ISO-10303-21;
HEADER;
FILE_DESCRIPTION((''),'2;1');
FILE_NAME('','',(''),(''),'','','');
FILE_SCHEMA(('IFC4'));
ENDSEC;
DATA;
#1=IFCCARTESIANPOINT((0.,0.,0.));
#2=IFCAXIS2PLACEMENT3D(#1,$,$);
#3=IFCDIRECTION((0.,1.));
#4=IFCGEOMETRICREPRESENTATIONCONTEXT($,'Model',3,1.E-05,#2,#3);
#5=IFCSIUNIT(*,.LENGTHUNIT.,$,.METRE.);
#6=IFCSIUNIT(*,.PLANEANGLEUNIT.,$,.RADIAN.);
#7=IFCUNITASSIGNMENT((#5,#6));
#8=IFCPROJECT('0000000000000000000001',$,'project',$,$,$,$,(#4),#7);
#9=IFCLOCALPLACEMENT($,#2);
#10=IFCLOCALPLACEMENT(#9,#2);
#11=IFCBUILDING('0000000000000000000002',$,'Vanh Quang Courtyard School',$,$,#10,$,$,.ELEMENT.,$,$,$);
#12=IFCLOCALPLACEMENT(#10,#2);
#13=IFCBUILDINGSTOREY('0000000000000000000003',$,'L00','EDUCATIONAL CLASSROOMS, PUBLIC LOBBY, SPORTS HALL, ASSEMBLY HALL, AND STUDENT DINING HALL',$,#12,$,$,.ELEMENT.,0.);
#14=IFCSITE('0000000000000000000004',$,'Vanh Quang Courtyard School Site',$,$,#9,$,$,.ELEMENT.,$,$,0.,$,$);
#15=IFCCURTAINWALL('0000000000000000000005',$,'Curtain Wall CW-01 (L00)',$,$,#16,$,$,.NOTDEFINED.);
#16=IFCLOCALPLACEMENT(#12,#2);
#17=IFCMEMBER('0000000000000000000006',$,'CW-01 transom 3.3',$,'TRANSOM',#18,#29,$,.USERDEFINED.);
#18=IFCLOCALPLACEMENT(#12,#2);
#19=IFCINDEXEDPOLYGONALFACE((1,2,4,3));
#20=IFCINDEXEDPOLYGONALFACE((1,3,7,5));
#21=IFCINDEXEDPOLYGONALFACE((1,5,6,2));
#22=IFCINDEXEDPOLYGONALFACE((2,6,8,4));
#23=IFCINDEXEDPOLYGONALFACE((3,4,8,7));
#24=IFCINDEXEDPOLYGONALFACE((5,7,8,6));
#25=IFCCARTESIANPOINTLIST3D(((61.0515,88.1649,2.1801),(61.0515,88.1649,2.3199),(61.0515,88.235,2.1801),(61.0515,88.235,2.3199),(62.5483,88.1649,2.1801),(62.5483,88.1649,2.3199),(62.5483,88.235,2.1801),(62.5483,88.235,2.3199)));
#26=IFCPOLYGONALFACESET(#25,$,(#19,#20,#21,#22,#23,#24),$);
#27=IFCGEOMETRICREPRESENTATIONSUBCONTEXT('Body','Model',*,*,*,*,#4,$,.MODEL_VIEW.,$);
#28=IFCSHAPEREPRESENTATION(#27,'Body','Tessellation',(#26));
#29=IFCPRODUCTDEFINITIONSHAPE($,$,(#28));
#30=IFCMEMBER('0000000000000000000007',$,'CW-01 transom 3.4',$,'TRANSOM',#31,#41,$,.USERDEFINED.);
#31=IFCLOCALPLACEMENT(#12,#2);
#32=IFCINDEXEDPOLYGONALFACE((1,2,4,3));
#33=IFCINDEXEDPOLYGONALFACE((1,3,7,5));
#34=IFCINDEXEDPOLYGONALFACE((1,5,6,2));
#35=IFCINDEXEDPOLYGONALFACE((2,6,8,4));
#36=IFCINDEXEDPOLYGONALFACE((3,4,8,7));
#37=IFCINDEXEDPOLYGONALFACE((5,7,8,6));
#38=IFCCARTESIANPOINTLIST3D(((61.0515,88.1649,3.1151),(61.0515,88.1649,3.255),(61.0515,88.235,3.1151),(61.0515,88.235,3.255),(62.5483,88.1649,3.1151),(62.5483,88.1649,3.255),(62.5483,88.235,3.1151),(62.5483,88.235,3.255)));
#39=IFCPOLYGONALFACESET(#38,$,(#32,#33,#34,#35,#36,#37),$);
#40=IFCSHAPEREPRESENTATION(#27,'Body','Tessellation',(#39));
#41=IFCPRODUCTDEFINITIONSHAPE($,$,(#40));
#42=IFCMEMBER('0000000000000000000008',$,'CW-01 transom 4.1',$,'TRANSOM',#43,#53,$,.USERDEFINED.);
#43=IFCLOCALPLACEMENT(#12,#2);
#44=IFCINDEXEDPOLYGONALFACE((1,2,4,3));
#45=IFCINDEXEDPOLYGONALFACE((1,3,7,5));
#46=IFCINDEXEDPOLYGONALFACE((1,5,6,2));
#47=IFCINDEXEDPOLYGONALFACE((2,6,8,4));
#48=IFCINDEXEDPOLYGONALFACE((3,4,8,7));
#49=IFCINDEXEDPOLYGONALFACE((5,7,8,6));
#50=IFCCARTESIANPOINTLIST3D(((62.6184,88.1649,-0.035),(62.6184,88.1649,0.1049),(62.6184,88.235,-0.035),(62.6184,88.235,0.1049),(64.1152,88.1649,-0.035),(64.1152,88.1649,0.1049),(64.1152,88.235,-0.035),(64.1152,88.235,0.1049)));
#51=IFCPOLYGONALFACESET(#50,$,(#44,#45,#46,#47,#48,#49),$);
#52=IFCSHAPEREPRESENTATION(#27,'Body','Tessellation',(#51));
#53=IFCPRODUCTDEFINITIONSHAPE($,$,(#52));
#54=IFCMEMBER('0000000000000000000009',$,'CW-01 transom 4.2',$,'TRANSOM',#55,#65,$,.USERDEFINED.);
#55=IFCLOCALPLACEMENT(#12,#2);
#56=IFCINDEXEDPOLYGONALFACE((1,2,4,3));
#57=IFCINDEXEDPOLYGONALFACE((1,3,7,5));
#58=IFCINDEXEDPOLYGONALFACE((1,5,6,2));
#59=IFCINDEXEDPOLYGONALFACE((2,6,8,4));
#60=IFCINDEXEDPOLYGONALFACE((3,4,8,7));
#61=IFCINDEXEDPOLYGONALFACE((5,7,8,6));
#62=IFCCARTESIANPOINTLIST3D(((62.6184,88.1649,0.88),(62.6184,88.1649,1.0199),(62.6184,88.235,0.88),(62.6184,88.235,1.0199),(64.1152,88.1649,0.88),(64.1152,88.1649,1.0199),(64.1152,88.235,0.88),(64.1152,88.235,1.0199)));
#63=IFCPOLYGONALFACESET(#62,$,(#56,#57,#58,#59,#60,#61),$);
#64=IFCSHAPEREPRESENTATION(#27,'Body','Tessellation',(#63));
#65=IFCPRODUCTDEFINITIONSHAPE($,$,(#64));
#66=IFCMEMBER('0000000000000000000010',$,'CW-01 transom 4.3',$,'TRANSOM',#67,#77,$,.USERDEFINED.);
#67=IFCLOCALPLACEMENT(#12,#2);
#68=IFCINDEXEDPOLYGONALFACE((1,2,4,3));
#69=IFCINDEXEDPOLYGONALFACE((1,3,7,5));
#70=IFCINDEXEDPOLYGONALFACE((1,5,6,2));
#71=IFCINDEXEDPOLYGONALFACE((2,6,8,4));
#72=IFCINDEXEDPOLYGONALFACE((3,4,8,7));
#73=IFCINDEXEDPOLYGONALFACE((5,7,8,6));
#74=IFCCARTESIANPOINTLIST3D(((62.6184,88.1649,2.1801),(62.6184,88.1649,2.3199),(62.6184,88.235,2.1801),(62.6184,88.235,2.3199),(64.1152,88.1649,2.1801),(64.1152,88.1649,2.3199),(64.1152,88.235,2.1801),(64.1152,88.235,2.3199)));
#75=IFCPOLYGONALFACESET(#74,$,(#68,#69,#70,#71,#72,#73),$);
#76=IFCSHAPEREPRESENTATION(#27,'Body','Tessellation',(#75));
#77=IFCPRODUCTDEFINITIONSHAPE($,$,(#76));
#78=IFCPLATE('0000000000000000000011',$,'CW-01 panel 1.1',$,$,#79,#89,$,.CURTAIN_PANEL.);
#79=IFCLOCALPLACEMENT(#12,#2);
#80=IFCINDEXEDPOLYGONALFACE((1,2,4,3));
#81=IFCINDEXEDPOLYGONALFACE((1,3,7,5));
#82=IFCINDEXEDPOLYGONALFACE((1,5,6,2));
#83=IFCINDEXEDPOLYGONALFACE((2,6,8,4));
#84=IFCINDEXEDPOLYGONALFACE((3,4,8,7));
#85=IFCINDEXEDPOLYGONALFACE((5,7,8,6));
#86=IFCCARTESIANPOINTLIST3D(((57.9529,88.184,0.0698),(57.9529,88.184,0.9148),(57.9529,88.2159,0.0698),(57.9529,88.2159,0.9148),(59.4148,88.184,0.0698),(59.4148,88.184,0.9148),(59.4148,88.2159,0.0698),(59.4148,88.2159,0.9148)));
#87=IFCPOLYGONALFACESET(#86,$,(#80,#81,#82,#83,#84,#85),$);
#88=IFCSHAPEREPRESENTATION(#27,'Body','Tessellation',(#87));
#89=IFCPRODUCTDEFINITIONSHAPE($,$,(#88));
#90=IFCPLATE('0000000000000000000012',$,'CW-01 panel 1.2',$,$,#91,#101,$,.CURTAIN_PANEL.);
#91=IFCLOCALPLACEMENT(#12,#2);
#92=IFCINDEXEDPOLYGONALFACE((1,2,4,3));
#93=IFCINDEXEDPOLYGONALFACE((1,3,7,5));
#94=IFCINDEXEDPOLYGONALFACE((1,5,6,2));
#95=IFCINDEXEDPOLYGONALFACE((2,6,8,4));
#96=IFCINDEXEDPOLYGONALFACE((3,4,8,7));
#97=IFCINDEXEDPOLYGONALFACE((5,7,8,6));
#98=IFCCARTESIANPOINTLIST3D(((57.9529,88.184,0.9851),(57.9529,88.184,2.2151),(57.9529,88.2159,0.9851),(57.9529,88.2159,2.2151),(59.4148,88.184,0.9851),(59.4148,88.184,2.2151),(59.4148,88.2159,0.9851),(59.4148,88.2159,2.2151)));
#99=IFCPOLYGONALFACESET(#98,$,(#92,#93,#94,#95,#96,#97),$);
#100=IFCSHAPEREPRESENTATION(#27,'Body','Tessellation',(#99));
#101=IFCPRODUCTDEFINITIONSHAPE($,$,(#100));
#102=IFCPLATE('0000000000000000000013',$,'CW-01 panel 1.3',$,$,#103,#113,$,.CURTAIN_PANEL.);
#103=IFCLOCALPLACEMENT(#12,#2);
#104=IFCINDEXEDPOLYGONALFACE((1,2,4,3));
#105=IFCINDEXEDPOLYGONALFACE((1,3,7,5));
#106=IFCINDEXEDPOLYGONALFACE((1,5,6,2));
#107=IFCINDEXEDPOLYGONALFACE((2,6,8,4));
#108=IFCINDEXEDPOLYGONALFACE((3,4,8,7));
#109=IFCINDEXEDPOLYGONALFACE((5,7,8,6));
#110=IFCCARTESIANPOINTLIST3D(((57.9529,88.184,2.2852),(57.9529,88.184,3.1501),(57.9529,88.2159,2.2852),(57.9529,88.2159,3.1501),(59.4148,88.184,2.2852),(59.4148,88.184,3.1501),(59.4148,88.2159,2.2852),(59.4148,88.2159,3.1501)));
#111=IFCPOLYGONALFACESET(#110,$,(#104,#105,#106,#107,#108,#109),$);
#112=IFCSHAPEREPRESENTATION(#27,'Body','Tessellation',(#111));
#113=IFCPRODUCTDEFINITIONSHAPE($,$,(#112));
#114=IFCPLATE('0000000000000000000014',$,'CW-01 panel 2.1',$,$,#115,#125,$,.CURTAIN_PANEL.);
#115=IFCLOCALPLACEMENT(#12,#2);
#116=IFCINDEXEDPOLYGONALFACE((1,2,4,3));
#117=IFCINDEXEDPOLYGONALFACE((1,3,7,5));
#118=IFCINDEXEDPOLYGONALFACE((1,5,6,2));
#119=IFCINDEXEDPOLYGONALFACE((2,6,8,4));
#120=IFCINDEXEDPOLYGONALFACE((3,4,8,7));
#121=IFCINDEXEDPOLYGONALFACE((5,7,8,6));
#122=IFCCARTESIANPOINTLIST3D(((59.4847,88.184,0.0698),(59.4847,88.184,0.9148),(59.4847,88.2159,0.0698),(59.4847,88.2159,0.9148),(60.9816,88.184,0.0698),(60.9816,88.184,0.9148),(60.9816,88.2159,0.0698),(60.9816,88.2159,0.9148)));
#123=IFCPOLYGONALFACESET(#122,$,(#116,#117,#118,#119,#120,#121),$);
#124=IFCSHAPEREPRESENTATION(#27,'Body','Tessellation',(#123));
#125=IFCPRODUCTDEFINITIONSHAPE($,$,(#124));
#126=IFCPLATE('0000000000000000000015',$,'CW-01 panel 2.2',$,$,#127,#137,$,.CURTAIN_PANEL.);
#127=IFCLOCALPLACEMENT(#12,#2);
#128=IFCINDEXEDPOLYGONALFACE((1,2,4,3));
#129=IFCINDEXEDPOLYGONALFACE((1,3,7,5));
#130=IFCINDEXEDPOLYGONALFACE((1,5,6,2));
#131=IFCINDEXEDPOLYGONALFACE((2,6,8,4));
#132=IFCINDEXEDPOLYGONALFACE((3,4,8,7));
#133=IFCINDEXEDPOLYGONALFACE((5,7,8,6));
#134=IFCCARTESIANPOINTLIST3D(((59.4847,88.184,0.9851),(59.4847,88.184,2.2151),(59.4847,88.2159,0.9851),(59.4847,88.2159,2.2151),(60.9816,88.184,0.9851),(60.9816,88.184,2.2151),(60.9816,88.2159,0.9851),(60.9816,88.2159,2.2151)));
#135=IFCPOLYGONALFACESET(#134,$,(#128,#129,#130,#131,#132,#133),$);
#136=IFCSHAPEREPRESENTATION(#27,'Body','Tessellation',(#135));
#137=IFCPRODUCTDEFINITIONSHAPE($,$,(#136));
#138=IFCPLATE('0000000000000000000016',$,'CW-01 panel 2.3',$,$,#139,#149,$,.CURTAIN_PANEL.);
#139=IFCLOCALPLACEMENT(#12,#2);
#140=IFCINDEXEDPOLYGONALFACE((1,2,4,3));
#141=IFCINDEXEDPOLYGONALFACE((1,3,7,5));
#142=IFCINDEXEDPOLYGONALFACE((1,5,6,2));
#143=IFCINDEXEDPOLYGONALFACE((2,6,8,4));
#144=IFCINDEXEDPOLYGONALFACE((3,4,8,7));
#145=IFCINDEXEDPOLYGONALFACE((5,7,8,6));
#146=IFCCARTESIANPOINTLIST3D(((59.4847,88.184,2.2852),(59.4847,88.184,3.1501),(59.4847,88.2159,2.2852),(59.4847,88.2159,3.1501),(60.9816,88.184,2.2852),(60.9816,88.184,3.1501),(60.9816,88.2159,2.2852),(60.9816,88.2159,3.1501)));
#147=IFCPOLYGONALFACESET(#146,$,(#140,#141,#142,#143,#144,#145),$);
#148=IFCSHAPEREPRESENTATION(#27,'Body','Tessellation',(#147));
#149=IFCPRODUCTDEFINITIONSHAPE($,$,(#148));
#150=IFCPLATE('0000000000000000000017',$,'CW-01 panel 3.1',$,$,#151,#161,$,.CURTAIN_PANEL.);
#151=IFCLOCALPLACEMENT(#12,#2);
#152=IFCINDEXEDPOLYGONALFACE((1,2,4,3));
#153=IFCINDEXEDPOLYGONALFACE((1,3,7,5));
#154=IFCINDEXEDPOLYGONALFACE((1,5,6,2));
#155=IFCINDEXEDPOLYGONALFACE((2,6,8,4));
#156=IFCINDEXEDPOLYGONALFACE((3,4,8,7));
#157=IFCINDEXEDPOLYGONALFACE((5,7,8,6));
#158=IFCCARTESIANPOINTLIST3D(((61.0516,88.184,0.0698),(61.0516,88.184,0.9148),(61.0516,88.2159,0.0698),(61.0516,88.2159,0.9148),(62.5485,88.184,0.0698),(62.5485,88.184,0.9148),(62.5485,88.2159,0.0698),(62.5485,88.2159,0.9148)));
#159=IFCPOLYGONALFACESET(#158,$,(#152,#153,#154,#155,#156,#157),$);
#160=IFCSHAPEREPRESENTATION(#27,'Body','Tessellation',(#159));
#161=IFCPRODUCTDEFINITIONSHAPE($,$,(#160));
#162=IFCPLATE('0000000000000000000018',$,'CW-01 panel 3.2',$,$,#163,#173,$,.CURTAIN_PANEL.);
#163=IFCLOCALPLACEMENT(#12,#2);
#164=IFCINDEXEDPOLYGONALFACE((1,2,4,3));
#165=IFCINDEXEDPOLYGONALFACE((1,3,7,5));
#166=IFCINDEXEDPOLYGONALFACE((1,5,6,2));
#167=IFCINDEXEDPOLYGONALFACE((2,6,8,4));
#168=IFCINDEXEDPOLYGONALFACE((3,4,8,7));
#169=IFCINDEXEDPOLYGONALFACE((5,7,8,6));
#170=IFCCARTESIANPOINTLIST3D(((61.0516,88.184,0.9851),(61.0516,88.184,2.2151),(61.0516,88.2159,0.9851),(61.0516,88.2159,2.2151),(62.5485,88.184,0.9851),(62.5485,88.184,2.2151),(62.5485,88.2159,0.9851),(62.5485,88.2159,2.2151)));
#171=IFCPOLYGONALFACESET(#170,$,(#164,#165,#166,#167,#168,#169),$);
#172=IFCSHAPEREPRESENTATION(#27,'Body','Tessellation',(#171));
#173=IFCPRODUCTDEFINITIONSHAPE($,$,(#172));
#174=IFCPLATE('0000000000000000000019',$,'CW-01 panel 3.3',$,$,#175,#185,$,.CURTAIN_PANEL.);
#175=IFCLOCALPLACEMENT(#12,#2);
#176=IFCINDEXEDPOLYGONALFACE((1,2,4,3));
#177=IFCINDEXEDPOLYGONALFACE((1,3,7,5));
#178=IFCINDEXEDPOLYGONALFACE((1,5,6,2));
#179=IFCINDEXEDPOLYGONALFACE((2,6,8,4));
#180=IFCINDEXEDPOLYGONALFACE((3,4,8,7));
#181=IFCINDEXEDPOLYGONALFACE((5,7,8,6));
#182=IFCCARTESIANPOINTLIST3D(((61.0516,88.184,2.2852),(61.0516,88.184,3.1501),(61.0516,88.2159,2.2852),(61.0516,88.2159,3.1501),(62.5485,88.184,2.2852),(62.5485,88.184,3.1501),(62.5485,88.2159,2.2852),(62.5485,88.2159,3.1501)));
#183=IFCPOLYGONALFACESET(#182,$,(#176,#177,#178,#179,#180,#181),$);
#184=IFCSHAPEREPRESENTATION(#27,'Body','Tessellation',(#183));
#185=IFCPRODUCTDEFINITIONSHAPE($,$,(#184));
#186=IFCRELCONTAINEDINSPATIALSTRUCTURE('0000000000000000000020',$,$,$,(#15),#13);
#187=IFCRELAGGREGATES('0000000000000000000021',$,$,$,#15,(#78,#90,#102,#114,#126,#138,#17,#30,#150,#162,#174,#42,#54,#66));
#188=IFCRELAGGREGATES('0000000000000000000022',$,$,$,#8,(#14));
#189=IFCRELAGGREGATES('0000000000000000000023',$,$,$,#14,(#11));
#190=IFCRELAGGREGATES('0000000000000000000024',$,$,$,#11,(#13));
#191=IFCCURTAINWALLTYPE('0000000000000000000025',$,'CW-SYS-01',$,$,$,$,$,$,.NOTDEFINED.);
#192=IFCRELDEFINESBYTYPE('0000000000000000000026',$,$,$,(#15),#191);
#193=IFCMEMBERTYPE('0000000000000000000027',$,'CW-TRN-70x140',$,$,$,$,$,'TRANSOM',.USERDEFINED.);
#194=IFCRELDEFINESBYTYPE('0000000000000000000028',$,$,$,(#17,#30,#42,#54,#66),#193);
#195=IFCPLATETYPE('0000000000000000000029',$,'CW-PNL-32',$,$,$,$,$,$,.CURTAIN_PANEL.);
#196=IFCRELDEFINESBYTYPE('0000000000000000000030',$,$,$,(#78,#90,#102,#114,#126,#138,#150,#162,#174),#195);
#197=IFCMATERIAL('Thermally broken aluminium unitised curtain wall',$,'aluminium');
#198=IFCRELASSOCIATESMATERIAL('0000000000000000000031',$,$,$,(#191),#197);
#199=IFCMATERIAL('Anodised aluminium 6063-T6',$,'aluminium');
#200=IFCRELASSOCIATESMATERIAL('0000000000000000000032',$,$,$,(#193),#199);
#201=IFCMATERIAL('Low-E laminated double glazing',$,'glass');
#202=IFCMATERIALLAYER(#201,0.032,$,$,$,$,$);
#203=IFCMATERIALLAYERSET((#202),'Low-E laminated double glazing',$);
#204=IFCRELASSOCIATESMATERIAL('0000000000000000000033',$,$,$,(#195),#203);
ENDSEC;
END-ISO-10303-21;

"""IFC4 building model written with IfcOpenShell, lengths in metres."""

from ifc_helpers import new_model, si_unit, direction, frame, origin, origin_2d, place, context, subcontext, project, spatial, rectangle, extrude, material, layer, layer_set, material_profile, profile_set, type_object, element, aggregate, save


model = new_model("IFC4")

# Units and contexts
model_context = context("Model", 3, precision=1e-05, world=origin(), true_north=direction((0.0, 1.0)))
body_context = subcontext(model_context, "Body", "Model", "MODEL_VIEW")
ifc_project = project(units=[si_unit("LENGTHUNIT", "METRE"), si_unit("PLANEANGLEUNIT", "RADIAN")], contexts=[model_context])

# Site, building, storey
site_placement = place(None, origin())
site = spatial("IfcSite", under=ifc_project, at=site_placement, Name="Vanh Quang Courtyard School Site", CompositionType="ELEMENT", RefElevation=0.0)
building_placement = place(site_placement, origin())
building = spatial("IfcBuilding", under=site, at=building_placement, Name="Vanh Quang Courtyard School", CompositionType="ELEMENT")
storey_placement = place(building_placement, origin())
storey = spatial("IfcBuildingStorey", under=building, at=storey_placement, Name="L00", Description="EDUCATIONAL CLASSROOMS, PUBLIC LOBBY, SPORTS HALL, ASSEMBLY HALL, AND STUDENT DINING HALL", CompositionType="ELEMENT", Elevation=0.0)

# Curtain wall, members, plates
ifc_material_1 = material(Name="Thermally broken aluminium unitised curtain wall", Category="aluminium")
curtain_wall_type = type_object("IfcCurtainWallType", Name="CW-SYS-01", PredefinedType="NOTDEFINED", material=ifc_material_1)
curtain_wall_placement = place(storey_placement, origin())
curtain_wall = element("IfcCurtainWall", 1, at=curtain_wall_placement, inside=storey, type_object=curtain_wall_type, Name="Curtain Wall CW-01 (L00)", PredefinedType="NOTDEFINED")
ifc_material_2 = material(Name="Anodised aluminium 6063-T6", Category="aluminium")
ifc_material_profile_1 = material_profile(ifc_material_2, rectangle(XDim=0.0701, YDim=0.1399, at=origin_2d()), Name="ALU-TRN 70x140")
ifc_profile_set_1 = profile_set([ifc_material_profile_1], Name="Anodised aluminium 6063-T6")
member_type_1 = type_object("IfcMemberType", Name="CW-TRN-70x140", ElementType="TRANSOM", PredefinedType="USERDEFINED", material=ifc_profile_set_1)
member_1_placement = place(storey_placement, frame((61.0515, 88.2, 2.25), z_axis=(1.0, 0.0, 0.0), x_axis=(0.0, 1.0, 0.0)))
member_1 = element("IfcMember", 2, at=member_1_placement, type_object=member_type_1, Name="CW-01 transom 3.3", ObjectType="TRANSOM", PredefinedType="USERDEFINED", context=body_context, shape_type="SweptSolid", body=[
    extrude(rectangle(XDim=0.0701, YDim=0.1399, at=origin_2d()), origin(), (0.0, 0.0, 1.0), 1.4968),
])
member_2_placement = place(storey_placement, frame((61.0515, 88.2, 3.1851), z_axis=(1.0, 0.0, 0.0), x_axis=(0.0, 1.0, 0.0)))
member_2 = element("IfcMember", 3, at=member_2_placement, type_object=member_type_1, Name="CW-01 transom 3.4", ObjectType="TRANSOM", PredefinedType="USERDEFINED", context=body_context, shape_type="SweptSolid", body=[
    extrude(rectangle(XDim=0.0701, YDim=0.1399, at=origin_2d()), origin(), (0.0, 0.0, 1.0), 1.4968),
])
member_3_placement = place(storey_placement, frame((62.6184, 88.2, 0.0349), z_axis=(1.0, 0.0, 0.0), x_axis=(0.0, 1.0, 0.0)))
member_3 = element("IfcMember", 4, at=member_3_placement, type_object=member_type_1, Name="CW-01 transom 4.1", ObjectType="TRANSOM", PredefinedType="USERDEFINED", context=body_context, shape_type="SweptSolid", body=[
    extrude(rectangle(XDim=0.0701, YDim=0.1399, at=origin_2d()), origin(), (0.0, 0.0, 1.0), 1.4968),
])
member_4_placement = place(storey_placement, frame((62.6184, 88.2, 0.95), z_axis=(1.0, 0.0, 0.0), x_axis=(0.0, 1.0, 0.0)))
member_4 = element("IfcMember", 5, at=member_4_placement, type_object=member_type_1, Name="CW-01 transom 4.2", ObjectType="TRANSOM", PredefinedType="USERDEFINED", context=body_context, shape_type="SweptSolid", body=[
    extrude(rectangle(XDim=0.0701, YDim=0.1399, at=origin_2d()), origin(), (0.0, 0.0, 1.0), 1.4968),
])
member_5_placement = place(storey_placement, frame((62.6184, 88.2, 2.25), z_axis=(1.0, 0.0, 0.0), x_axis=(0.0, 1.0, 0.0)))
member_5 = element("IfcMember", 6, at=member_5_placement, type_object=member_type_1, Name="CW-01 transom 4.3", ObjectType="TRANSOM", PredefinedType="USERDEFINED", context=body_context, shape_type="SweptSolid", body=[
    extrude(rectangle(XDim=0.0701, YDim=0.1399, at=origin_2d()), origin(), (0.0, 0.0, 1.0), 1.4968),
])
ifc_material_3 = material(Name="Low-E laminated double glazing", Category="glass")
ifc_layer = layer(ifc_material_3, 0.032)
ifc_layer_set = layer_set([ifc_layer], Name="Low-E laminated double glazing")
plate_type = type_object("IfcPlateType", Name="CW-PNL-32", PredefinedType="CURTAIN_PANEL", material=ifc_layer_set)
plate_1_placement = place(storey_placement, frame((58.6838, 88.2, 0.0698), z_axis=(0.0, 0.0, 1.0), x_axis=(1.0, 0.0, 0.0)))
plate_1 = element("IfcPlate", 7, at=plate_1_placement, type_object=plate_type, Name="CW-01 panel 1.1", PredefinedType="CURTAIN_PANEL", context=body_context, shape_type="SweptSolid", body=[
    extrude(rectangle(XDim=1.4619, YDim=0.032, at=origin_2d()), origin(), (0.0, 0.0, 1.0), 0.845),
])
plate_2_placement = place(storey_placement, frame((58.6838, 88.2, 0.9851), z_axis=(0.0, 0.0, 1.0), x_axis=(1.0, 0.0, 0.0)))
plate_2 = element("IfcPlate", 8, at=plate_2_placement, type_object=plate_type, Name="CW-01 panel 1.2", PredefinedType="CURTAIN_PANEL", context=body_context, shape_type="SweptSolid", body=[
    extrude(rectangle(XDim=1.4619, YDim=0.032, at=origin_2d()), origin(), (0.0, 0.0, 1.0), 1.23),
])
plate_3_placement = place(storey_placement, frame((58.6838, 88.2, 2.2852), z_axis=(0.0, 0.0, 1.0), x_axis=(1.0, 0.0, 0.0)))
plate_3 = element("IfcPlate", 9, at=plate_3_placement, type_object=plate_type, Name="CW-01 panel 1.3", PredefinedType="CURTAIN_PANEL", context=body_context, shape_type="SweptSolid", body=[
    extrude(rectangle(XDim=1.4619, YDim=0.032, at=origin_2d()), origin(), (0.0, 0.0, 1.0), 0.865),
])
plate_4_placement = place(storey_placement, frame((60.2332, 88.2, 0.0698), z_axis=(0.0, 0.0, 1.0), x_axis=(1.0, 0.0, 0.0)))
plate_4 = element("IfcPlate", 10, at=plate_4_placement, type_object=plate_type, Name="CW-01 panel 2.1", PredefinedType="CURTAIN_PANEL", context=body_context, shape_type="SweptSolid", body=[
    extrude(rectangle(XDim=1.4968, YDim=0.032, at=origin_2d()), origin(), (0.0, 0.0, 1.0), 0.845),
])
plate_5_placement = place(storey_placement, frame((60.2332, 88.2, 0.9851), z_axis=(0.0, 0.0, 1.0), x_axis=(1.0, 0.0, 0.0)))
plate_5 = element("IfcPlate", 11, at=plate_5_placement, type_object=plate_type, Name="CW-01 panel 2.2", PredefinedType="CURTAIN_PANEL", context=body_context, shape_type="SweptSolid", body=[
    extrude(rectangle(XDim=1.4968, YDim=0.032, at=origin_2d()), origin(), (0.0, 0.0, 1.0), 1.23),
])
plate_6_placement = place(storey_placement, frame((60.2332, 88.2, 2.2852), z_axis=(0.0, 0.0, 1.0), x_axis=(1.0, 0.0, 0.0)))
plate_6 = element("IfcPlate", 12, at=plate_6_placement, type_object=plate_type, Name="CW-01 panel 2.3", PredefinedType="CURTAIN_PANEL", context=body_context, shape_type="SweptSolid", body=[
    extrude(rectangle(XDim=1.4968, YDim=0.032, at=origin_2d()), origin(), (0.0, 0.0, 1.0), 0.865),
])
plate_7_placement = place(storey_placement, frame((61.8, 88.2, 0.0698), z_axis=(0.0, 0.0, 1.0), x_axis=(1.0, 0.0, 0.0)))
plate_7 = element("IfcPlate", 13, at=plate_7_placement, type_object=plate_type, Name="CW-01 panel 3.1", PredefinedType="CURTAIN_PANEL", context=body_context, shape_type="SweptSolid", body=[
    extrude(rectangle(XDim=1.4968, YDim=0.032, at=origin_2d()), origin(), (0.0, 0.0, 1.0), 0.845),
])
plate_8_placement = place(storey_placement, frame((61.8, 88.2, 0.9851), z_axis=(0.0, 0.0, 1.0), x_axis=(1.0, 0.0, 0.0)))
plate_8 = element("IfcPlate", 14, at=plate_8_placement, type_object=plate_type, Name="CW-01 panel 3.2", PredefinedType="CURTAIN_PANEL", context=body_context, shape_type="SweptSolid", body=[
    extrude(rectangle(XDim=1.4968, YDim=0.032, at=origin_2d()), origin(), (0.0, 0.0, 1.0), 1.23),
])
plate_9_placement = place(storey_placement, frame((61.8, 88.2, 2.2852), z_axis=(0.0, 0.0, 1.0), x_axis=(1.0, 0.0, 0.0)))
plate_9 = element("IfcPlate", 15, at=plate_9_placement, type_object=plate_type, Name="CW-01 panel 3.3", PredefinedType="CURTAIN_PANEL", context=body_context, shape_type="SweptSolid", body=[
    extrude(rectangle(XDim=1.4968, YDim=0.032, at=origin_2d()), origin(), (0.0, 0.0, 1.0), 0.865),
])
aggregate(curtain_wall, [plate_1, plate_2, plate_3, plate_4, plate_5, plate_6, member_1, member_2, plate_7, plate_8, plate_9, member_3, member_4, member_5])

save(model, "model.ifc")
